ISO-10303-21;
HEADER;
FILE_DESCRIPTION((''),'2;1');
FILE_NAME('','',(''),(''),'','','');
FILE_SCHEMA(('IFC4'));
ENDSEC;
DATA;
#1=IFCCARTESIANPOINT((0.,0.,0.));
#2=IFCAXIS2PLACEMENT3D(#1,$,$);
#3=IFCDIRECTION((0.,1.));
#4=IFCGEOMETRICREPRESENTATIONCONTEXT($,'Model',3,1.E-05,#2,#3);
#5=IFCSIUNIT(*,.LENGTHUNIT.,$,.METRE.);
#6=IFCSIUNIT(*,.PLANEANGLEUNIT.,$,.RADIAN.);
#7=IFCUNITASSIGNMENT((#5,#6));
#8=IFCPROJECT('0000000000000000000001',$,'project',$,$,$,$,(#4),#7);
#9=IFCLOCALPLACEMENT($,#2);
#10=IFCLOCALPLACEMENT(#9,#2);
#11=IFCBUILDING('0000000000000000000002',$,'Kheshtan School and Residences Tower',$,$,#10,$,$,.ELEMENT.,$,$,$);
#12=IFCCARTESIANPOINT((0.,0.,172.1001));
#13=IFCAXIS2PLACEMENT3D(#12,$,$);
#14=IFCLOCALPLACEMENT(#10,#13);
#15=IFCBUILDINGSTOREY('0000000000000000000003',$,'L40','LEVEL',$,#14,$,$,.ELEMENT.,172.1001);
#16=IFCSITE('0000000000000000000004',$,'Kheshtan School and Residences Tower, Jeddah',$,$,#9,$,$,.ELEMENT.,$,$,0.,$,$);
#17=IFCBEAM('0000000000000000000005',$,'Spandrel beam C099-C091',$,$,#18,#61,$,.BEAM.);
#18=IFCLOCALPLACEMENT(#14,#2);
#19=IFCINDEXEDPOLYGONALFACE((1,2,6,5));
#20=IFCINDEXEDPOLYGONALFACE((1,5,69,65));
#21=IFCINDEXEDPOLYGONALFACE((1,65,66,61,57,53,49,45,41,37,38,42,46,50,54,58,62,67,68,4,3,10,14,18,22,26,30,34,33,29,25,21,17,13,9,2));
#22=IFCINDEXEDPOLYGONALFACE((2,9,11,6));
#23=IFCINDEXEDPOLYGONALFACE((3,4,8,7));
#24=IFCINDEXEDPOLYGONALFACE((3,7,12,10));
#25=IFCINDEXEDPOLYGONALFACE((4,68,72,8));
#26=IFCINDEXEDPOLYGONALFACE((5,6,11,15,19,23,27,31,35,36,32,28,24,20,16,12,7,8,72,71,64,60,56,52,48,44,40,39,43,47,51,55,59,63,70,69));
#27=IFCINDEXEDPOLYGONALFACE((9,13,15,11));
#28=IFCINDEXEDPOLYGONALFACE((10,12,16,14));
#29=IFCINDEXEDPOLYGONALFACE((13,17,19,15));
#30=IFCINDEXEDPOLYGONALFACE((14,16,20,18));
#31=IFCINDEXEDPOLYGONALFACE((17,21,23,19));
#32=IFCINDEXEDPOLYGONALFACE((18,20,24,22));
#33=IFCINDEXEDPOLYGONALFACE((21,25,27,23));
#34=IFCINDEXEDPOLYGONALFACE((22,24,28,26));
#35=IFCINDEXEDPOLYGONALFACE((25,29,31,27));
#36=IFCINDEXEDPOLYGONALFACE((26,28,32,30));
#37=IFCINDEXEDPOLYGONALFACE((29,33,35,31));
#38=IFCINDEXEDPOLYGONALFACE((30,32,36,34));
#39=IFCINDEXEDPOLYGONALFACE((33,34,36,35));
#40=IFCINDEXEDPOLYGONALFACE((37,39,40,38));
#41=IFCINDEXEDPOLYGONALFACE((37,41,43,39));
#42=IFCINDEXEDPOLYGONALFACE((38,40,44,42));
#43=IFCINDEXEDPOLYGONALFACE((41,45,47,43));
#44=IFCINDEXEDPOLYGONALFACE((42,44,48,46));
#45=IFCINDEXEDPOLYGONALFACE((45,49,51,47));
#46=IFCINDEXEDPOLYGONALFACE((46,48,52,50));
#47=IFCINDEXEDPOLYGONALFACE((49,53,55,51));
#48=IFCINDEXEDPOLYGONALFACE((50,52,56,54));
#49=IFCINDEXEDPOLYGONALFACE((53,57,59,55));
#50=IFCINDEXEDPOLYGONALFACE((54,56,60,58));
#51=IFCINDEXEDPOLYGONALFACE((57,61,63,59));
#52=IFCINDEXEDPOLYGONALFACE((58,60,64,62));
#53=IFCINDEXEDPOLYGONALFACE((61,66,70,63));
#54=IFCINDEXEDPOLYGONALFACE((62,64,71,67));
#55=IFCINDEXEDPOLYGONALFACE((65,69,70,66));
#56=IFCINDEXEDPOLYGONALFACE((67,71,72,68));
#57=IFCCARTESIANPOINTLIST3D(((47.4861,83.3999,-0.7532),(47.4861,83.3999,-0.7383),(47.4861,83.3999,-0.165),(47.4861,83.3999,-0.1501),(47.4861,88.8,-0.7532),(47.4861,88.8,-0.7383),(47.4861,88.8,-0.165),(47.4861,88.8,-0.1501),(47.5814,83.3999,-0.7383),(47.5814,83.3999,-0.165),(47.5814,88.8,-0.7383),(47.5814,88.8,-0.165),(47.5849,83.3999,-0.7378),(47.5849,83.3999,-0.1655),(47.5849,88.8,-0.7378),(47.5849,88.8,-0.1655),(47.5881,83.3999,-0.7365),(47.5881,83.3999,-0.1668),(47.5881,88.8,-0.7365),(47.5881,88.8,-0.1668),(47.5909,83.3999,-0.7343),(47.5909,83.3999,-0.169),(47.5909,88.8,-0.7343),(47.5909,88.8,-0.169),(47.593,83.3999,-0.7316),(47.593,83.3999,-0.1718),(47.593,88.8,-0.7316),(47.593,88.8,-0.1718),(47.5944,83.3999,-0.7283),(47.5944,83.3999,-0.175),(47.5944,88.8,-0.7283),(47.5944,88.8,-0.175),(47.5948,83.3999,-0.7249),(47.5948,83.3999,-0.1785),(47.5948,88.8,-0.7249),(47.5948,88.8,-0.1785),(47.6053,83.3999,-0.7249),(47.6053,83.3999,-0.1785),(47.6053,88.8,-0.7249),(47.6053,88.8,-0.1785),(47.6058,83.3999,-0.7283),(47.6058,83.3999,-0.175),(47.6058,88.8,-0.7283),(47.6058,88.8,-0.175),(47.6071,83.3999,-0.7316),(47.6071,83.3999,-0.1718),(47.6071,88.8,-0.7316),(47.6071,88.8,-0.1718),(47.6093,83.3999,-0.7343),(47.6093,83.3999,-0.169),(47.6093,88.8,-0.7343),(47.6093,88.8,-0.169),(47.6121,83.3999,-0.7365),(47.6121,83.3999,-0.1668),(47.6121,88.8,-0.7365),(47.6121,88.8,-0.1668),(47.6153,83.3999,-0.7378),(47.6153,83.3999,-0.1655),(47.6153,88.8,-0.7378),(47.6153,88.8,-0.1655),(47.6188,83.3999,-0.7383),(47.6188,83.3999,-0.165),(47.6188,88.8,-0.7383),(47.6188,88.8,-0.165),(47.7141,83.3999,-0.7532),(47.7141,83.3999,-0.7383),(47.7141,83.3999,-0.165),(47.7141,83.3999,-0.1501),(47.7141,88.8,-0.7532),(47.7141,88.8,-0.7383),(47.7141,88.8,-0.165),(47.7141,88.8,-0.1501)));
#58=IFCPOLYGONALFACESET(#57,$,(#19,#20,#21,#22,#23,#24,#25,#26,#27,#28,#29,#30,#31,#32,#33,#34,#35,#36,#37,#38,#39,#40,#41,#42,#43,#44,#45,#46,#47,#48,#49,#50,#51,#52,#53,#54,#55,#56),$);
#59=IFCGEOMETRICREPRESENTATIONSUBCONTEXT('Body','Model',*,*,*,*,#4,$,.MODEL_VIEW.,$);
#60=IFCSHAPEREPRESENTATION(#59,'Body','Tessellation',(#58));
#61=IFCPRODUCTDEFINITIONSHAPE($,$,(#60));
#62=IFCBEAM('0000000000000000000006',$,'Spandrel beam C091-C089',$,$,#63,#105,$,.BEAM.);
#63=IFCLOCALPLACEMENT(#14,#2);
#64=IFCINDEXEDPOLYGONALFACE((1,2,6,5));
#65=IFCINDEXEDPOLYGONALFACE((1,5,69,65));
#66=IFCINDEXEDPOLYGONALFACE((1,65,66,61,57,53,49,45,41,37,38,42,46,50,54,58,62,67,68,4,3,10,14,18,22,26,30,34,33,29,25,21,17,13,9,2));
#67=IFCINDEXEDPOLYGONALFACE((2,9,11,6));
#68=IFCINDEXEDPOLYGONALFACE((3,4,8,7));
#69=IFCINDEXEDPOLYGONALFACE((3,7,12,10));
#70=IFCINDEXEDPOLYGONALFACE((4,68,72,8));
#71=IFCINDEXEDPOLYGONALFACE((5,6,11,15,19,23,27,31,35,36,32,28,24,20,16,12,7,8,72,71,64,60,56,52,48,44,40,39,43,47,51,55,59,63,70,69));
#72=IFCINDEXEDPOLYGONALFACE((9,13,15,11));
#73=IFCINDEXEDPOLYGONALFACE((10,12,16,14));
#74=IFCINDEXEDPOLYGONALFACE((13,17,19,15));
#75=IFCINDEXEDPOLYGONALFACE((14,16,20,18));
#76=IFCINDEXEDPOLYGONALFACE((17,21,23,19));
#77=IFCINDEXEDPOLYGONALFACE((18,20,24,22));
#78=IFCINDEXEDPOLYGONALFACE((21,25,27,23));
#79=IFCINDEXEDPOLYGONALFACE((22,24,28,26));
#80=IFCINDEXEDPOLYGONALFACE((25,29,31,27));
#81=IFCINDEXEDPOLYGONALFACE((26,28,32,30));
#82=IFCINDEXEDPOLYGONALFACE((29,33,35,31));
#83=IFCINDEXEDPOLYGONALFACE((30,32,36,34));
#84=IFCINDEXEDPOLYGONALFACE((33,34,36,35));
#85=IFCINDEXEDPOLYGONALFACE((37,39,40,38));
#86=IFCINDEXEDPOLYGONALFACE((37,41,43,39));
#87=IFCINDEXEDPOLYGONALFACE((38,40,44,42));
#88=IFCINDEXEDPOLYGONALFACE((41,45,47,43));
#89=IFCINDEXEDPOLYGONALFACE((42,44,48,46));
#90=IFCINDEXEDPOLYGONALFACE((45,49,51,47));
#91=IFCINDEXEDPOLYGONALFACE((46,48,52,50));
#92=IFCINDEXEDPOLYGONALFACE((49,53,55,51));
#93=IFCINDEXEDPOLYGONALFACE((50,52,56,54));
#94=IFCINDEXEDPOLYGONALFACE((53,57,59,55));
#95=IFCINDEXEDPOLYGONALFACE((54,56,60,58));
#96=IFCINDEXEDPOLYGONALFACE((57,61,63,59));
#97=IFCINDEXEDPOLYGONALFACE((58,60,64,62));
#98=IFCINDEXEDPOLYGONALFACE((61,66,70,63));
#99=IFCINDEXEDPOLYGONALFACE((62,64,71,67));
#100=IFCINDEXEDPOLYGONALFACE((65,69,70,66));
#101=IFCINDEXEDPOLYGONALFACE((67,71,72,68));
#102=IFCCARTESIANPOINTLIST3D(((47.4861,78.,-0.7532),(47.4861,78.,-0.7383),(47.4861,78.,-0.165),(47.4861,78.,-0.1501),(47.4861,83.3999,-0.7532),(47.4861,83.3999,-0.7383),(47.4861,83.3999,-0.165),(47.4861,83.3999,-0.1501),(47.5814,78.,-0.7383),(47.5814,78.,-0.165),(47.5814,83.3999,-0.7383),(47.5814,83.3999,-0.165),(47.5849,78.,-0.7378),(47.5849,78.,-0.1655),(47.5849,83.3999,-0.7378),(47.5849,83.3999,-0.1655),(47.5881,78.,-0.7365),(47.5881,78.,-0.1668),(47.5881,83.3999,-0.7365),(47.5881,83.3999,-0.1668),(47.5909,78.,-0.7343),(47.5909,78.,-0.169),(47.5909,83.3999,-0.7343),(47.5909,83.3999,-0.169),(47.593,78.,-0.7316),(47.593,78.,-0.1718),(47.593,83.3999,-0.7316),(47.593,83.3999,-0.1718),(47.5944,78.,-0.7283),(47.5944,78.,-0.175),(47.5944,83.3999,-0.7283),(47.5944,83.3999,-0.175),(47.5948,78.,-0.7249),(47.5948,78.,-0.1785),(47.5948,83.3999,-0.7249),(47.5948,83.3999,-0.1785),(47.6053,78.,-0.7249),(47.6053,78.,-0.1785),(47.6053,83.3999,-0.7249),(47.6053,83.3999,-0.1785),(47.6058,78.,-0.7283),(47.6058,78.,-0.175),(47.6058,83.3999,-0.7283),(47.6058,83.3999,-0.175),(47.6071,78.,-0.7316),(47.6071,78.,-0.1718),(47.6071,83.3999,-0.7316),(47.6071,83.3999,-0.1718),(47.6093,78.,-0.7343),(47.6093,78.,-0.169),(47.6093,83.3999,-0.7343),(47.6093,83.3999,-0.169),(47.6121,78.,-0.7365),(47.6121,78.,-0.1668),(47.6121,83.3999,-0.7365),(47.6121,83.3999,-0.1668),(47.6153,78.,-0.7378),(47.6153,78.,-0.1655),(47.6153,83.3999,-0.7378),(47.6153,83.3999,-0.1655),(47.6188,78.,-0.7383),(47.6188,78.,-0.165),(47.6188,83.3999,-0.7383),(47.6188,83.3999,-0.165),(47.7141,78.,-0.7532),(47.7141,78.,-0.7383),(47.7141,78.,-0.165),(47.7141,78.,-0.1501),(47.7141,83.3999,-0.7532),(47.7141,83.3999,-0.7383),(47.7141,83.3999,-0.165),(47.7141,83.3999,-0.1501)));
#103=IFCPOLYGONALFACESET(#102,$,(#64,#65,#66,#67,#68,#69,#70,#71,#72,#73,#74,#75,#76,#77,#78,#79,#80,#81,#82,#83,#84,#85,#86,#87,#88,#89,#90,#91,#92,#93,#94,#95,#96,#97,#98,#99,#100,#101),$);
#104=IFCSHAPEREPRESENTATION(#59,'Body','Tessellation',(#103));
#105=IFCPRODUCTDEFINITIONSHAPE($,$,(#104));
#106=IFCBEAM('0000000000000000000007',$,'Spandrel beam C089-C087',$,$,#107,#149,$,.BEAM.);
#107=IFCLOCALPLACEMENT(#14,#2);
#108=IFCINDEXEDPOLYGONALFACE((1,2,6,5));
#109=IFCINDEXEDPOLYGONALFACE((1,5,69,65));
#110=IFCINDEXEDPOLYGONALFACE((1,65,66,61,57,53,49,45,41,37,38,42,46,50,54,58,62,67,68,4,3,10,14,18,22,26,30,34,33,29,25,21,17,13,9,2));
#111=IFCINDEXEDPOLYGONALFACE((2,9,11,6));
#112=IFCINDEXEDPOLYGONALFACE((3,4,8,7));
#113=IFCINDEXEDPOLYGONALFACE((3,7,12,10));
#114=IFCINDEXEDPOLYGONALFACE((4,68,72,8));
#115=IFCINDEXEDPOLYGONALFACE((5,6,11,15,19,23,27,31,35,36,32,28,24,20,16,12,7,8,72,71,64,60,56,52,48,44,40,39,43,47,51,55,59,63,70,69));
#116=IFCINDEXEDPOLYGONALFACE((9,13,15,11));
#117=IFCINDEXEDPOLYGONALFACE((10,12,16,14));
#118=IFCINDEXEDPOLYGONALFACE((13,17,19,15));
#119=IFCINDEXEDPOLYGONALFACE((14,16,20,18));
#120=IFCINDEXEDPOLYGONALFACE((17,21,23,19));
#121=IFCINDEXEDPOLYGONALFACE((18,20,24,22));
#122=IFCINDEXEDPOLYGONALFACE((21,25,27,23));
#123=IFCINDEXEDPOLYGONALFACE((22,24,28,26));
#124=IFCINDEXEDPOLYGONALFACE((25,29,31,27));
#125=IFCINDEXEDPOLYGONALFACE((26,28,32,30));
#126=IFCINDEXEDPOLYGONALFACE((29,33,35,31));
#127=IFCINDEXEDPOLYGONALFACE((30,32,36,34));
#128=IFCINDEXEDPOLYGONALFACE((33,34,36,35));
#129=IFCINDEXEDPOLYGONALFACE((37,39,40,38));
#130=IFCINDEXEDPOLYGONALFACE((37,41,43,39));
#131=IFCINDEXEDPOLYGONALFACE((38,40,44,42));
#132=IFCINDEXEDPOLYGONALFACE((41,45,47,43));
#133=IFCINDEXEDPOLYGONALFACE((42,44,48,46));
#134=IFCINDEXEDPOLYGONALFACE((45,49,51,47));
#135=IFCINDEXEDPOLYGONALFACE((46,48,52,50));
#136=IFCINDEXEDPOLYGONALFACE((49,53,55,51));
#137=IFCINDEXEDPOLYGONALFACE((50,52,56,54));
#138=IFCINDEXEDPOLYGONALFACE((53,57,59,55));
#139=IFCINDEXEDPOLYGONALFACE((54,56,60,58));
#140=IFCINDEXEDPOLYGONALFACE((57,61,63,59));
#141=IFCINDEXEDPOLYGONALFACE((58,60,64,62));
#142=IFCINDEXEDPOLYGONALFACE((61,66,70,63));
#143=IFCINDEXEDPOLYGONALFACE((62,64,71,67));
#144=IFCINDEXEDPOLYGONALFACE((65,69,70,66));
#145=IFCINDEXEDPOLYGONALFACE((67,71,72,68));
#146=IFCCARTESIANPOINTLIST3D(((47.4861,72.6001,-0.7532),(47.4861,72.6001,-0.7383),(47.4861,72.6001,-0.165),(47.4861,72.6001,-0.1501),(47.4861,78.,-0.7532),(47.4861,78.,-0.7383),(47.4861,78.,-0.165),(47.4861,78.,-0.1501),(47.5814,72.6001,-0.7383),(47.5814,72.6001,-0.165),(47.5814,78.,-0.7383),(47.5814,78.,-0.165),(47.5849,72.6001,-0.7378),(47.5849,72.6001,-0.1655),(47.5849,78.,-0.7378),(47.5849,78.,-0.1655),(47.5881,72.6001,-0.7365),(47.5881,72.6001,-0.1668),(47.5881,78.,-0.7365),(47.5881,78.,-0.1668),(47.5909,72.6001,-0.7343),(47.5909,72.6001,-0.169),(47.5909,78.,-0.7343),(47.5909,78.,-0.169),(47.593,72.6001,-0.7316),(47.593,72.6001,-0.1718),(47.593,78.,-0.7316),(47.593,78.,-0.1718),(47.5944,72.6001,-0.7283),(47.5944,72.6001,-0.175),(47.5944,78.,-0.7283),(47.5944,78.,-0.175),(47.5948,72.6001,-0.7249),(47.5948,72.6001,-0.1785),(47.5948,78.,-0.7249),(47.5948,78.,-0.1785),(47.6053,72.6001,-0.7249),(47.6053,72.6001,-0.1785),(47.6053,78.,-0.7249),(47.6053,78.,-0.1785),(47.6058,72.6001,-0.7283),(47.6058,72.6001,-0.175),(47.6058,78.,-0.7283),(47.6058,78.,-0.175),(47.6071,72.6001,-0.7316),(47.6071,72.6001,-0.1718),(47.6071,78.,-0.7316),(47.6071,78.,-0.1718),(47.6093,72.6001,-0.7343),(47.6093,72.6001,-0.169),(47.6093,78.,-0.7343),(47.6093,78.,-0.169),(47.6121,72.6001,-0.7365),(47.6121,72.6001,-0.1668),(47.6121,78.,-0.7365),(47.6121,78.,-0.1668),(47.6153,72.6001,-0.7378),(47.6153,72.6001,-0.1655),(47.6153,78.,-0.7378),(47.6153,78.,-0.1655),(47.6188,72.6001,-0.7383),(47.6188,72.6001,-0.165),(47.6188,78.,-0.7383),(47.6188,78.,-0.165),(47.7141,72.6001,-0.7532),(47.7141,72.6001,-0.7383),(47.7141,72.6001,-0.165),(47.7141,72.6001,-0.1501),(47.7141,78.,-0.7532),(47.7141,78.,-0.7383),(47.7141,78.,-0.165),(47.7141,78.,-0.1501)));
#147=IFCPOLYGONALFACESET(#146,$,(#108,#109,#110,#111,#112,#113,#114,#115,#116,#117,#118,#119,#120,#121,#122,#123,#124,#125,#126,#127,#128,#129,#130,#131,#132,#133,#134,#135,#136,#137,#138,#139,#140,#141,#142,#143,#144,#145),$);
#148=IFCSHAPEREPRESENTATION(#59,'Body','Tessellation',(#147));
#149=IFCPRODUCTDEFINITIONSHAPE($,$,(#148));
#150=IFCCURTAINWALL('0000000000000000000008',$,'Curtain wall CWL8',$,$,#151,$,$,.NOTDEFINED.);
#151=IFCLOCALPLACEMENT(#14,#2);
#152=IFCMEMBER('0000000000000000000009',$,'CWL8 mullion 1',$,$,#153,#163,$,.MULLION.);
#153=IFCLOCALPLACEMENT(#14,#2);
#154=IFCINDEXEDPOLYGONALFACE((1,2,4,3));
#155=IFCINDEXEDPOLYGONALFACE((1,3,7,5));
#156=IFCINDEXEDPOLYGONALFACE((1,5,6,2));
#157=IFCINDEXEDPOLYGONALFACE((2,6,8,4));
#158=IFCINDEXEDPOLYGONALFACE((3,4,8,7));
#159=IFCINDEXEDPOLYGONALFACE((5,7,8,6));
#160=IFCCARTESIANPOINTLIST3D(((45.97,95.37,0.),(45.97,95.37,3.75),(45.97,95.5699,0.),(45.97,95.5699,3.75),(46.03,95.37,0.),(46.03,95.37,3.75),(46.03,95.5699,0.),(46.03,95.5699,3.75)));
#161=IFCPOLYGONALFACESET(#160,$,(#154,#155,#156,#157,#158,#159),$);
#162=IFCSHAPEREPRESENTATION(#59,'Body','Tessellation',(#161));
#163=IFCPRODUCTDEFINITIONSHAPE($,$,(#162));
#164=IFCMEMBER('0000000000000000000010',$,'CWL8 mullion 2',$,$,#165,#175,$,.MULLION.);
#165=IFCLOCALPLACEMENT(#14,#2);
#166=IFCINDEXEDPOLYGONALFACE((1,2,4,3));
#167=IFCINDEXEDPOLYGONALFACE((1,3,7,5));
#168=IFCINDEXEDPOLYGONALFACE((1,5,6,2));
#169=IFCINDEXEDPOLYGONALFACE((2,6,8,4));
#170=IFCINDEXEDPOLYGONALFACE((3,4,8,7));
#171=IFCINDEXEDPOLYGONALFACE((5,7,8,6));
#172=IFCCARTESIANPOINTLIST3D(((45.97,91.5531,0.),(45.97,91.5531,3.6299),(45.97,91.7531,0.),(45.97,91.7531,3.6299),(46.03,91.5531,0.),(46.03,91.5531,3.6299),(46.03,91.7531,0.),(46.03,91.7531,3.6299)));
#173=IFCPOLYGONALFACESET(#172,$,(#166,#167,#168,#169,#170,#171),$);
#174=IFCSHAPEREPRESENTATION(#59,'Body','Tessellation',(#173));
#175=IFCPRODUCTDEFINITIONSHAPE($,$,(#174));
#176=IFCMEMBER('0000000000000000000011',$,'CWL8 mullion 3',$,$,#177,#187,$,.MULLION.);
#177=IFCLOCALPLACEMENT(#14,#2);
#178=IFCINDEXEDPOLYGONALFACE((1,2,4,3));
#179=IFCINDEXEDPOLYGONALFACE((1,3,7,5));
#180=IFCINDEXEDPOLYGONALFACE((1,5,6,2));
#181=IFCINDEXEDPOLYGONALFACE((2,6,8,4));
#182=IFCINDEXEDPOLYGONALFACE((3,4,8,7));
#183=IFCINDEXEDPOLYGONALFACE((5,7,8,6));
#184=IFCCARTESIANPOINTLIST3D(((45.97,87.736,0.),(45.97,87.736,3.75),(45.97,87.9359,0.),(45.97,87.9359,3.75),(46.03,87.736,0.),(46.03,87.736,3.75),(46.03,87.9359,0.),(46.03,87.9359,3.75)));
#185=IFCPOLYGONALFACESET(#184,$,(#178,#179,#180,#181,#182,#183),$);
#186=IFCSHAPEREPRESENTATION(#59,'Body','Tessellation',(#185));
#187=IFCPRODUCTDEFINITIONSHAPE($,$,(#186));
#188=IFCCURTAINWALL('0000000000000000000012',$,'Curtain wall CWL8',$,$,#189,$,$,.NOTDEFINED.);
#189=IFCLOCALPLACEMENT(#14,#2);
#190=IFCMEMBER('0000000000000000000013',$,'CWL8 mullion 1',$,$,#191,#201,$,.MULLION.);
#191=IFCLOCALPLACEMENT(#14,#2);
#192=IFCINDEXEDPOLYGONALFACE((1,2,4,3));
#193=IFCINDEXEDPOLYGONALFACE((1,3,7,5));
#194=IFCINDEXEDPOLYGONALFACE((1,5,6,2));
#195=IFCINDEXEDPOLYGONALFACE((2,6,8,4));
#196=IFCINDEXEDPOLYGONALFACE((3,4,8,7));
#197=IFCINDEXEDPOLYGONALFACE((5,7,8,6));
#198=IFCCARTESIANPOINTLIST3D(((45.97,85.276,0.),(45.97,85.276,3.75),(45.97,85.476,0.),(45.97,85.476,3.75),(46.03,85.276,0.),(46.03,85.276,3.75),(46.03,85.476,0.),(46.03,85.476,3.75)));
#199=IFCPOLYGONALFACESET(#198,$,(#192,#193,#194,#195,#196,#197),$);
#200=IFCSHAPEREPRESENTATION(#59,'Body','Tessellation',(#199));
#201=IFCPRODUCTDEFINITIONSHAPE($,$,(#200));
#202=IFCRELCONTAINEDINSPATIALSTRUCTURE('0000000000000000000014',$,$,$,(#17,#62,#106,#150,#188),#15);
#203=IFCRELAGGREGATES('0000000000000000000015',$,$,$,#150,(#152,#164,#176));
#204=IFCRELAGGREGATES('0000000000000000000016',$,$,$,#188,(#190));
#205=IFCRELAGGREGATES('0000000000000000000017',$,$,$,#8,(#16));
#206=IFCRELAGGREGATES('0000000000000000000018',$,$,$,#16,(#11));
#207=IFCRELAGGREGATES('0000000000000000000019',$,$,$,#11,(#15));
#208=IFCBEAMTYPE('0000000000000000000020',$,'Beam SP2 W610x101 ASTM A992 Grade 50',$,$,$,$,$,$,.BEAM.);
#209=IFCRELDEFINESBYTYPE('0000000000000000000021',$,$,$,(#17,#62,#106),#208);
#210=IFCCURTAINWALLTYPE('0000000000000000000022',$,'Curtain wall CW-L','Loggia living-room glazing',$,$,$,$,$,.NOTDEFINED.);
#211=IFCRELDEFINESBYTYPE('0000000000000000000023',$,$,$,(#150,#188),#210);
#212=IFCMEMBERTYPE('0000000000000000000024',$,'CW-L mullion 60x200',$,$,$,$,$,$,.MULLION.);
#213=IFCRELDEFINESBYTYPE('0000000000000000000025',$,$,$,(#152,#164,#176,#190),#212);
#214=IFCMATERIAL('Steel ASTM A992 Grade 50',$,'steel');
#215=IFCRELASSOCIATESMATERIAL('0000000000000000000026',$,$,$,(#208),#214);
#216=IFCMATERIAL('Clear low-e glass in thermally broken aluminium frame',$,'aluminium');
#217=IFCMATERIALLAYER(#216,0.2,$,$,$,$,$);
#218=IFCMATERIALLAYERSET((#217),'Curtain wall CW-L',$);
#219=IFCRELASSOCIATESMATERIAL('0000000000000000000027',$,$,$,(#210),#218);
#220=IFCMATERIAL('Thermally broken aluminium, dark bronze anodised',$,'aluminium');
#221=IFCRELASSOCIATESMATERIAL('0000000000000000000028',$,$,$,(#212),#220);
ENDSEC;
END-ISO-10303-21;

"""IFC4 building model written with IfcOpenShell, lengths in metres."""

from ifc_helpers import new_model, si_unit, direction, frame, origin, origin_2d, place, context, subcontext, project, spatial, rectangle, i_section, extrude, material, layer, layer_set, material_profile, profile_set, type_object, element, aggregate, save


model = new_model("IFC4")

# Units and contexts
model_context = context("Model", 3, precision=1e-05, world=origin(), true_north=direction((0.0, 1.0)))
body_context = subcontext(model_context, "Body", "Model", "MODEL_VIEW")
ifc_project = project(units=[si_unit("LENGTHUNIT", "METRE"), si_unit("PLANEANGLEUNIT", "RADIAN")], contexts=[model_context])

# Site, building, storey
site_placement = place(None, origin())
site = spatial("IfcSite", under=ifc_project, at=site_placement, Name="Kheshtan School and Residences Tower, Jeddah", CompositionType="ELEMENT", RefElevation=0.0)
building_placement = place(site_placement, origin())
building = spatial("IfcBuilding", under=site, at=building_placement, Name="Kheshtan School and Residences Tower", CompositionType="ELEMENT")
storey_placement = place(building_placement, frame((0.0, 0.0, 172.1001)))
storey = spatial("IfcBuildingStorey", under=building, at=storey_placement, Name="L40", Description="LEVEL", CompositionType="ELEMENT", Elevation=172.1001)

# Shared definitions
ifc_material_1 = material(Name="Steel ASTM A992 Grade 50", Category="steel")

# Beams
ifc_material_profile_1 = material_profile(ifc_material_1, i_section(OverallWidth=0.228, OverallDepth=0.603, WebThickness=0.0105, FlangeThickness=0.0149, FilletRadius=0.0134, at=origin_2d()), Name="W610x101")
ifc_profile_set_1 = profile_set([ifc_material_profile_1], Name="Steel ASTM A992 Grade 50")
beam_type_1 = type_object("IfcBeamType", Name="Beam SP2 W610x101 ASTM A992 Grade 50", PredefinedType="BEAM", material=ifc_profile_set_1)
beam_1_placement = place(storey_placement, frame((47.6001, 88.8, -0.4517), z_axis=(0.0, -1.0, 0.0), x_axis=(1.0, 0.0, 0.0)))
element("IfcBeam", 1, at=beam_1_placement, inside=storey, type_object=beam_type_1, Name="Spandrel beam C099-C091", PredefinedType="BEAM", context=body_context, shape_type="SweptSolid", body=[
    extrude(i_section(OverallWidth=0.228, OverallDepth=0.603, WebThickness=0.0105, FlangeThickness=0.0149, FilletRadius=0.0134, at=origin_2d()), origin(), (0.0, 0.0, 1.0), 5.4001),
])
for number, where, z_axis, x_axis, name in (
    (2, (47.6001, 83.3999, -0.4517), (0.0, -1.0, 0.0), (1.0, 0.0, 0.0), "Spandrel beam C091-C089"),
    (3, (47.6001, 78.0, -0.4517), (0.0, -1.0, 0.0), (1.0, 0.0, 0.0), "Spandrel beam C089-C087"),
):
    element("IfcBeam", number, at=place(storey_placement, frame(where, z_axis=z_axis, x_axis=x_axis)), inside=storey, type_object=beam_type_1, Name=name, PredefinedType="BEAM", context=body_context, shape_type="SweptSolid", body=[
        extrude(i_section(OverallWidth=0.228, OverallDepth=0.603, WebThickness=0.0105, FlangeThickness=0.0149, FilletRadius=0.0134, at=origin_2d()), origin(), (0.0, 0.0, 1.0), 5.3999),
    ])

# Curtain walls, members
ifc_material_2 = material(Name="Clear low-e glass in thermally broken aluminium frame", Category="aluminium")
ifc_layer_1 = layer(ifc_material_2, 0.2)
ifc_layer_set_1 = layer_set([ifc_layer_1], Name="Curtain wall CW-L")
curtain_wall_type = type_object("IfcCurtainWallType", Name="Curtain wall CW-L", Description="Loggia living-room glazing", PredefinedType="NOTDEFINED", material=ifc_layer_set_1)
curtain_wall_1_placement = place(storey_placement, origin())
curtain_wall_1 = element("IfcCurtainWall", 4, at=curtain_wall_1_placement, inside=storey, type_object=curtain_wall_type, Name="Curtain wall CWL8", PredefinedType="NOTDEFINED")
ifc_material_3 = material(Name="Thermally broken aluminium, dark bronze anodised", Category="aluminium")
ifc_material_profile_2 = material_profile(ifc_material_3, rectangle(XDim=0.0601, YDim=0.2, at=origin_2d()), Name="CW-L mullion 60x200")
ifc_profile_set_2 = profile_set([ifc_material_profile_2], Name="Thermally broken aluminium, dark bronze anodised")
member_type_1 = type_object("IfcMemberType", Name="CW-L mullion 60x200", PredefinedType="MULLION", material=ifc_profile_set_2)
member_1_placement = place(storey_placement, frame((46.0, 95.47, 0.0), z_axis=(0.0, 0.0, 1.0), x_axis=(1.0, 0.0, 0.0)))
member_1 = element("IfcMember", 5, at=member_1_placement, type_object=member_type_1, Name="CWL8 mullion 1", PredefinedType="MULLION", context=body_context, shape_type="SweptSolid", body=[
    extrude(rectangle(XDim=0.0601, YDim=0.2, at=origin_2d()), origin(), (0.0, 0.0, 1.0), 3.75),
])
member_2_placement = place(storey_placement, frame((46.0, 91.6531, 0.0), z_axis=(0.0, 0.0, 1.0), x_axis=(1.0, 0.0, 0.0)))
member_2 = element("IfcMember", 6, at=member_2_placement, type_object=member_type_1, Name="CWL8 mullion 2", PredefinedType="MULLION", context=body_context, shape_type="SweptSolid", body=[
    extrude(rectangle(XDim=0.0601, YDim=0.2, at=origin_2d()), origin(), (0.0, 0.0, 1.0), 3.6299),
])
member_3_placement = place(storey_placement, frame((46.0, 87.8359, 0.0), z_axis=(0.0, 0.0, 1.0), x_axis=(1.0, 0.0, 0.0)))
member_3 = element("IfcMember", 7, at=member_3_placement, type_object=member_type_1, Name="CWL8 mullion 3", PredefinedType="MULLION", context=body_context, shape_type="SweptSolid", body=[
    extrude(rectangle(XDim=0.0601, YDim=0.2, at=origin_2d()), origin(), (0.0, 0.0, 1.0), 3.75),
])
curtain_wall_2_placement = place(storey_placement, origin())
curtain_wall_2 = element("IfcCurtainWall", 8, at=curtain_wall_2_placement, inside=storey, type_object=curtain_wall_type, Name="Curtain wall CWL8", PredefinedType="NOTDEFINED")
member_4_placement = place(storey_placement, frame((46.0, 85.376, 0.0), z_axis=(0.0, 0.0, 1.0), x_axis=(1.0, 0.0, 0.0)))
member_4 = element("IfcMember", 9, at=member_4_placement, type_object=member_type_1, Name="CWL8 mullion 1", PredefinedType="MULLION", context=body_context, shape_type="SweptSolid", body=[
    extrude(rectangle(XDim=0.0601, YDim=0.2, at=origin_2d()), origin(), (0.0, 0.0, 1.0), 3.75),
])

aggregate(curtain_wall_1, [member_1, member_2, member_3])
aggregate(curtain_wall_2, [member_4])

save(model, "model.ifc")
